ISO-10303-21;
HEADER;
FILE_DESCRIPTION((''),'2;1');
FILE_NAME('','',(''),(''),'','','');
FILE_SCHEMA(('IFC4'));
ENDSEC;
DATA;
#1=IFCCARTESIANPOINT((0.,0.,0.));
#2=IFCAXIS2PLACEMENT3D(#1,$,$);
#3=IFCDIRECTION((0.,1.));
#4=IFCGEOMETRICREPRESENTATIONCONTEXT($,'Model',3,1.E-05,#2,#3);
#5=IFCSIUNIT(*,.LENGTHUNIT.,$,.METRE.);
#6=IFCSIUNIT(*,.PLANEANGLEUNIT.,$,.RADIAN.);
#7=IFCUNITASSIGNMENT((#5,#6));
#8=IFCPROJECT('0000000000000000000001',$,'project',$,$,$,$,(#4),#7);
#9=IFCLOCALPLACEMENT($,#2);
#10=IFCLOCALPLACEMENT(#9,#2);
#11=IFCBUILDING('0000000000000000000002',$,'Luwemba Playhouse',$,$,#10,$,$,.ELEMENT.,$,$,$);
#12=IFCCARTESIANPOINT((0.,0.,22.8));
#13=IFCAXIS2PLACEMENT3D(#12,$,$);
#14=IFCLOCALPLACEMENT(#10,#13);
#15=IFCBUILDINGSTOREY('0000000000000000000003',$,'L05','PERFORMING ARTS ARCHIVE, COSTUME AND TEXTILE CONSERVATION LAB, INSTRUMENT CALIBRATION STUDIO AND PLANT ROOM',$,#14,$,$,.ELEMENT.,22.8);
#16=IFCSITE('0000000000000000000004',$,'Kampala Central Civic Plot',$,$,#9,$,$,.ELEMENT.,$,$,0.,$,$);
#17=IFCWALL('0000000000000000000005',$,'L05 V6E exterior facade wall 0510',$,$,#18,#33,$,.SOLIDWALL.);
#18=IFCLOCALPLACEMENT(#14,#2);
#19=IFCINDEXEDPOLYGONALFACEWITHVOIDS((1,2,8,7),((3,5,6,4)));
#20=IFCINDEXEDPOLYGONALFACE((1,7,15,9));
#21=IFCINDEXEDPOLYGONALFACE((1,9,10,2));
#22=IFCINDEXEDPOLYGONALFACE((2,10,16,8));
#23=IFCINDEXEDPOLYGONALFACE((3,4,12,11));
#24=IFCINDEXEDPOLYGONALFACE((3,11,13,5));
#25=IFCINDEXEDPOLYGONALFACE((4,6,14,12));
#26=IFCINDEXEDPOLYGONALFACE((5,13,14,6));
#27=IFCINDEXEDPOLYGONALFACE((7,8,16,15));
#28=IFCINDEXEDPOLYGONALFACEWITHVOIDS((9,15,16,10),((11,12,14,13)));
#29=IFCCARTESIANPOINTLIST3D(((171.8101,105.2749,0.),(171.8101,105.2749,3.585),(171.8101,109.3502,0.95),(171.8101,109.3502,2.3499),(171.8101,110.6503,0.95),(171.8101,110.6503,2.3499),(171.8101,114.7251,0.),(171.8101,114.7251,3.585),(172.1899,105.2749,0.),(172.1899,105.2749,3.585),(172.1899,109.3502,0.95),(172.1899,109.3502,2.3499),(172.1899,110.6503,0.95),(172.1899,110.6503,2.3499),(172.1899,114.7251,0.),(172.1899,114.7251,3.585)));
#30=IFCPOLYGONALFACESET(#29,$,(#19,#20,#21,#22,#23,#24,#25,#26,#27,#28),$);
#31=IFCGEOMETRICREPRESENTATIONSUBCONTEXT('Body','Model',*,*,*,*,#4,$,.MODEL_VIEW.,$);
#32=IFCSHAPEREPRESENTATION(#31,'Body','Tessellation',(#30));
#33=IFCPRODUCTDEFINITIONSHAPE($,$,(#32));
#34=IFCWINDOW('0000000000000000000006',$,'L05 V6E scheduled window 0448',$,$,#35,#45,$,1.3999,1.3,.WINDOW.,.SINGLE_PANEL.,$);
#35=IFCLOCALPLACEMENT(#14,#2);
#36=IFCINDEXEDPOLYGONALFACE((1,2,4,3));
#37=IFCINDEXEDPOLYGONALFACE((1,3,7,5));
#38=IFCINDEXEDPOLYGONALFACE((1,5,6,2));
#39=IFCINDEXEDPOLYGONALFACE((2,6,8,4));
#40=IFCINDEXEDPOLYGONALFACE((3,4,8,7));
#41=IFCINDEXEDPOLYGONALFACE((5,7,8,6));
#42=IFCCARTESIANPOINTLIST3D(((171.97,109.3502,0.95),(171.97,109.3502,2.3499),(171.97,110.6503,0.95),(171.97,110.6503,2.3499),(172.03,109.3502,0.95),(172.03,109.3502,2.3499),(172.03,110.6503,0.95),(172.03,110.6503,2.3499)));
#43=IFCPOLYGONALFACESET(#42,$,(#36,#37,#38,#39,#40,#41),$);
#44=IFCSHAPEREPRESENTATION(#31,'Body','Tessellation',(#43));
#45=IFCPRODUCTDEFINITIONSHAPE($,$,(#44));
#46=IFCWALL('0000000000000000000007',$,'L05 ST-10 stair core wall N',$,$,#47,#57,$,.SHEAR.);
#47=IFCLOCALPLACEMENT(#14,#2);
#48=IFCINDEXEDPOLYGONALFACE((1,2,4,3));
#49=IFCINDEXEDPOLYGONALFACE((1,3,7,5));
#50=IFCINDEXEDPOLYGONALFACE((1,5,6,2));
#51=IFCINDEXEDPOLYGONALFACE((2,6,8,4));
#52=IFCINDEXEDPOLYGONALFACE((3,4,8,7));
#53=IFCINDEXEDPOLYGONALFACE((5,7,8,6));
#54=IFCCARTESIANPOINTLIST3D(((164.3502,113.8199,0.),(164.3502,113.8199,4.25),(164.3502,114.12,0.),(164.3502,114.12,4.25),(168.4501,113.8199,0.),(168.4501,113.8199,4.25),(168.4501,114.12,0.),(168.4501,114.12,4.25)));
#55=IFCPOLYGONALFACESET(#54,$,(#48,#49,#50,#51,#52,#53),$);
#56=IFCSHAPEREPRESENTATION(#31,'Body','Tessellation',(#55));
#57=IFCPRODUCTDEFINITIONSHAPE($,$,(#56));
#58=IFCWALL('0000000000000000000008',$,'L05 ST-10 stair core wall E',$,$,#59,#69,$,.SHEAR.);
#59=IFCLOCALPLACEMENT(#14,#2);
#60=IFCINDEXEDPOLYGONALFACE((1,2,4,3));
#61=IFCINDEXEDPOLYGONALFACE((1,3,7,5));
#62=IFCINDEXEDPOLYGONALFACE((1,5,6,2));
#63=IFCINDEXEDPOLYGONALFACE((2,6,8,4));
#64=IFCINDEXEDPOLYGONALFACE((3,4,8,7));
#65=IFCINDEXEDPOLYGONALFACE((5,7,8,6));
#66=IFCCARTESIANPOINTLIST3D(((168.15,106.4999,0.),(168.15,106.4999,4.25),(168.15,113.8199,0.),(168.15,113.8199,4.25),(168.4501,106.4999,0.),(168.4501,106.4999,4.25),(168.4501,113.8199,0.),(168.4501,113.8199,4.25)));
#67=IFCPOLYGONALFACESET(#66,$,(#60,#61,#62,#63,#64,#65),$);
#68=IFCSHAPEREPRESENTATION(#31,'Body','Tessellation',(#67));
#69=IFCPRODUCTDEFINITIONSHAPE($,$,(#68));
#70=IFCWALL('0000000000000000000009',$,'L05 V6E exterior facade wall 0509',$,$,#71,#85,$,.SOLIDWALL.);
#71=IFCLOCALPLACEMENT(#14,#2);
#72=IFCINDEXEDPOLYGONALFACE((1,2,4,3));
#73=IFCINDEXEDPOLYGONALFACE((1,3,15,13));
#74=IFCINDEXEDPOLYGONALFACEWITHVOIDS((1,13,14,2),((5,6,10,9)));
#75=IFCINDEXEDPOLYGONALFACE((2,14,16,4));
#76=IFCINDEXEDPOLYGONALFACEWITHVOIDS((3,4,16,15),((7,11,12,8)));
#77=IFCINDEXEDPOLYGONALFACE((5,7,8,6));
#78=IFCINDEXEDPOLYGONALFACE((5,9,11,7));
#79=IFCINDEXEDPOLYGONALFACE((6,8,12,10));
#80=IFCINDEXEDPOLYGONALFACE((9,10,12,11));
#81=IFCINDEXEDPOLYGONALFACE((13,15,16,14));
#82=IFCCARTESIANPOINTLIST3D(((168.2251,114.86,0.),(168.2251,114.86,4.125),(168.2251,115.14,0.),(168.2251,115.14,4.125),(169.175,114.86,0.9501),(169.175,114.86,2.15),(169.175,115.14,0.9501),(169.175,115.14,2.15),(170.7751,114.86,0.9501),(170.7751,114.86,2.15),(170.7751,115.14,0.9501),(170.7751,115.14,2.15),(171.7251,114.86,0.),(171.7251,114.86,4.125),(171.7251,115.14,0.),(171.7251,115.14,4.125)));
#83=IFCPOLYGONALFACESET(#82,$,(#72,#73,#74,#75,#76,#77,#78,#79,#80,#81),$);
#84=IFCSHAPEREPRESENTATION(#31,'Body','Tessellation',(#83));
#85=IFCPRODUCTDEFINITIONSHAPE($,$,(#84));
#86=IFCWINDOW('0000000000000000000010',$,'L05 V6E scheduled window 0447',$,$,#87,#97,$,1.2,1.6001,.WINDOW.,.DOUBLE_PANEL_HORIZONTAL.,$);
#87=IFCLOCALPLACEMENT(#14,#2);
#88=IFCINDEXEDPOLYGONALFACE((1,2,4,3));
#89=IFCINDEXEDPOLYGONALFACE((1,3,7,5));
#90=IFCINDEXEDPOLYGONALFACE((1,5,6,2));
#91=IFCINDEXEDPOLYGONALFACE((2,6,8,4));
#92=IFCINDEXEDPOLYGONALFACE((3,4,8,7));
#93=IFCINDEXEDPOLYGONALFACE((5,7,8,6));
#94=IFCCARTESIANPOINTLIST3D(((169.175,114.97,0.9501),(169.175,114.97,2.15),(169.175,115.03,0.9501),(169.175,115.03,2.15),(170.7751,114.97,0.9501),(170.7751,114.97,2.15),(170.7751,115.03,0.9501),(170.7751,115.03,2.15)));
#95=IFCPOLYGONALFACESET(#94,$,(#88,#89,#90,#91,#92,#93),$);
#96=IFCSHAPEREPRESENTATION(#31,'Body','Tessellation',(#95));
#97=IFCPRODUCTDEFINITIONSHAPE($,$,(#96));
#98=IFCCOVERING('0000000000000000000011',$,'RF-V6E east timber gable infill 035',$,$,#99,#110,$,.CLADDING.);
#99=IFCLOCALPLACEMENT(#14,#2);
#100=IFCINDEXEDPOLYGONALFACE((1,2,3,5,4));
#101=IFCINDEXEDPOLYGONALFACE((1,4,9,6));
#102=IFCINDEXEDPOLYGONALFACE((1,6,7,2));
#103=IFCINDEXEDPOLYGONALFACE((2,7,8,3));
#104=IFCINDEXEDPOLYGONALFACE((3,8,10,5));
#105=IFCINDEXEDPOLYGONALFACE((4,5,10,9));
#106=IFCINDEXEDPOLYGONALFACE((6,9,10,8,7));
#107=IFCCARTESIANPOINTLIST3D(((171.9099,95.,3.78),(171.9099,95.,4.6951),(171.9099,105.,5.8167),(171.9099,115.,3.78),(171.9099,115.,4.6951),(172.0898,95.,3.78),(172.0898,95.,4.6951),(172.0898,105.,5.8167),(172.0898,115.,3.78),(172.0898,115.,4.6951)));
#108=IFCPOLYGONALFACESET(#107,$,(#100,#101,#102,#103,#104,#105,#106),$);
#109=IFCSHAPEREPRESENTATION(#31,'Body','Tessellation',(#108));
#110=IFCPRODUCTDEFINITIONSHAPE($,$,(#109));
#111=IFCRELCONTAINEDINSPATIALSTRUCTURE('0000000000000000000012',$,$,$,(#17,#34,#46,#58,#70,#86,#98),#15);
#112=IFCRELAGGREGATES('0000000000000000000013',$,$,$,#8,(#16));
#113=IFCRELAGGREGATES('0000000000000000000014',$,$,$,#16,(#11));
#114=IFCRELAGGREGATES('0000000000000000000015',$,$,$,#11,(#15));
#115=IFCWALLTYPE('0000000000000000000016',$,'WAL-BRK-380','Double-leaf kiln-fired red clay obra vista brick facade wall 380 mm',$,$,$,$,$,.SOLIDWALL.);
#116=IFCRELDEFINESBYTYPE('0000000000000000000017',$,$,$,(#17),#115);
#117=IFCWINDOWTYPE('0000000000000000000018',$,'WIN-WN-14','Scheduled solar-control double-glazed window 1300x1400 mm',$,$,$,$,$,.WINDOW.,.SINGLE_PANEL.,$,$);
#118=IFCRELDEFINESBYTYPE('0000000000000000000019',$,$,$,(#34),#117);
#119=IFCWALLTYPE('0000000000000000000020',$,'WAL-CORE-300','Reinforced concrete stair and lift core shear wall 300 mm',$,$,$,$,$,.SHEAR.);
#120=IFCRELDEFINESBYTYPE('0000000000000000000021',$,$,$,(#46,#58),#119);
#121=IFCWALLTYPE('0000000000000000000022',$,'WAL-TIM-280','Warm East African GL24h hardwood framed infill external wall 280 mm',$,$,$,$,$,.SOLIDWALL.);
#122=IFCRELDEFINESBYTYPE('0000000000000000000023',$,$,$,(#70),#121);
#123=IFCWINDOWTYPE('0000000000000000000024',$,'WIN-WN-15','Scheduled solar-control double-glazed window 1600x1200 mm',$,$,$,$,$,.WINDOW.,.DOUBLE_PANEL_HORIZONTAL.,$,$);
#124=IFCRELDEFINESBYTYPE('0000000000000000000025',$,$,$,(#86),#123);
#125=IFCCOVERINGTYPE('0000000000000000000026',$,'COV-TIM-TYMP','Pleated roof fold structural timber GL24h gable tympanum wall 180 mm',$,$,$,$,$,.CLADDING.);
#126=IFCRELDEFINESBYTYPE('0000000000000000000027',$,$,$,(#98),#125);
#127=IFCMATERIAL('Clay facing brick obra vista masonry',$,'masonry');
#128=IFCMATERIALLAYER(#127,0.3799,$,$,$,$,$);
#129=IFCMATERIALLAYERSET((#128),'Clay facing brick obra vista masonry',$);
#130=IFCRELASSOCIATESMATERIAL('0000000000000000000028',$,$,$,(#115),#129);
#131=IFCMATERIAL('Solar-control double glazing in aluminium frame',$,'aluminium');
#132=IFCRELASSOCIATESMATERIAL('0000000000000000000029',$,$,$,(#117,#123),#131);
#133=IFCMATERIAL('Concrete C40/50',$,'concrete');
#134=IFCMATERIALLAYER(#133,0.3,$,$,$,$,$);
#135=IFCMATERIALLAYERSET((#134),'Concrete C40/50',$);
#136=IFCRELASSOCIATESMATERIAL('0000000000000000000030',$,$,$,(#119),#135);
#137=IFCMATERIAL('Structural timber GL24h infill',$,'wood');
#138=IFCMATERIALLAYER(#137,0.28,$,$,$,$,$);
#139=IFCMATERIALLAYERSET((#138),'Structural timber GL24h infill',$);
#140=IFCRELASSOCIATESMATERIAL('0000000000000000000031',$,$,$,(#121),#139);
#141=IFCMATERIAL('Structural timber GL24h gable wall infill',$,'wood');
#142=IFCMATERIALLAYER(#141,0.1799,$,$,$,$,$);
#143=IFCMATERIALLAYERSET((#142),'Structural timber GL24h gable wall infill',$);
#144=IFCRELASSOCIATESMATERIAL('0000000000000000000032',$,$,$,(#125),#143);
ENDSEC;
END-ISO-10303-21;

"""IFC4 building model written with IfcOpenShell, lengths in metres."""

from ifc_helpers import new_model, si_unit, direction, frame, frame_2d, origin, place, context, subcontext, project, spatial, polyline, rectangle, outline, extrude, material, layer, layer_set, type_object, element, fill, save


model = new_model("IFC4")

# Units and contexts
model_context = context("Model", 3, precision=1e-05, world=origin(), true_north=direction((0.0, 1.0)))
body_context = subcontext(model_context, "Body", "Model", "MODEL_VIEW")
ifc_project = project(units=[si_unit("LENGTHUNIT", "METRE"), si_unit("PLANEANGLEUNIT", "RADIAN")], contexts=[model_context])

# Site, building, storey
site_placement = place(None, origin())
site = spatial("IfcSite", under=ifc_project, at=site_placement, Name="Kampala Central Civic Plot", CompositionType="ELEMENT", RefElevation=0.0)
building_placement = place(site_placement, origin())
building = spatial("IfcBuilding", under=site, at=building_placement, Name="Luwemba Playhouse", CompositionType="ELEMENT")
storey_placement = place(building_placement, frame((0.0, 0.0, 22.8)))
storey = spatial("IfcBuildingStorey", under=building, at=storey_placement, Name="L05", Description="PERFORMING ARTS ARCHIVE, COSTUME AND TEXTILE CONSERVATION LAB, INSTRUMENT CALIBRATION STUDIO AND PLANT ROOM", CompositionType="ELEMENT", Elevation=22.8)

# Shared definitions
ifc_material_1 = material(Name="Concrete C40/50", Category="concrete")

# Wall, opening, window
ifc_material_2 = material(Name="Clay facing brick obra vista masonry", Category="masonry")
ifc_layer_1 = layer(ifc_material_2, 0.3799)
ifc_layer_set_1 = layer_set([ifc_layer_1], Name="Clay facing brick obra vista masonry")
wall_type_1 = type_object("IfcWallType", Name="WAL-BRK-380", Description="Double-leaf kiln-fired red clay obra vista brick facade wall 380 mm", PredefinedType="SOLIDWALL", material=ifc_layer_set_1)
wall_1_placement = place(storey_placement, frame((172.0, 114.7251, 0.0), z_axis=(0.0, 0.0, 1.0), x_axis=(0.0, -1.0, 0.0)))
wall_1 = element("IfcWall", 1, at=wall_1_placement, inside=storey, type_object=wall_type_1, Name="L05 V6E exterior facade wall 0510", PredefinedType="SOLIDWALL", context=body_context, shape_type="SweptSolid", body=[
    extrude(rectangle(XDim=9.4502, YDim=0.3799, at=frame_2d((4.7251, 0.0))), origin(), (0.0, 0.0, 1.0), 3.585),
])
opening_1_placement = place(wall_1_placement, frame((4.075, 0.0, 0.95)))
opening_1 = element("IfcOpeningElement", 2, at=opening_1_placement, cuts=wall_1, PredefinedType="OPENING", context=body_context, shape_type="SweptSolid", body=[
    extrude(rectangle(XDim=1.3, YDim=1.3999, at=frame_2d((0.6499, 0.7))), frame((0.0, 0.2, 0.0), z_axis=(0.0, -1.0, 0.0), x_axis=(1.0, 0.0, 0.0)), (0.0, 0.0, 1.0), 0.3999),
])
ifc_material_3 = material(Name="Solar-control double glazing in aluminium frame", Category="aluminium")
window_type_1 = type_object("IfcWindowType", Name="WIN-WN-14", Description="Scheduled solar-control double-glazed window 1300x1400 mm", PartitioningType="SINGLE_PANEL", PredefinedType="WINDOW", material=ifc_material_3)
window_1_placement = place(opening_1_placement, origin())
window_1 = element("IfcWindow", 3, at=window_1_placement, inside=storey, type_object=window_type_1, Name="L05 V6E scheduled window 0448", OverallHeight=1.3999, OverallWidth=1.3, PartitioningType="SINGLE_PANEL", PredefinedType="WINDOW", context=body_context, shape_type="SweptSolid", body=[
    extrude(rectangle(XDim=1.3, YDim=1.3999, at=frame_2d((0.6499, 0.7))), frame((0.0, 0.03, 0.0), z_axis=(0.0, -1.0, 0.0), x_axis=(1.0, 0.0, 0.0)), (0.0, 0.0, 1.0), 0.0601),
])
fill(opening_1, window_1)

# Wall
ifc_layer_2 = layer(ifc_material_1, 0.3)
ifc_layer_set_2 = layer_set([ifc_layer_2], Name="Concrete C40/50")
wall_type_2 = type_object("IfcWallType", Name="WAL-CORE-300", Description="Reinforced concrete stair and lift core shear wall 300 mm", PredefinedType="SHEAR", material=ifc_layer_set_2)
wall_2_placement = place(storey_placement, frame((168.45, 113.97, 0.0), z_axis=(0.0, 0.0, 1.0), x_axis=(-1.0, 0.0, 0.0)))
element("IfcWall", 4, at=wall_2_placement, inside=storey, type_object=wall_type_2, Name="L05 ST-10 stair core wall N", PredefinedType="SHEAR", context=body_context, shape_type="SweptSolid", body=[
    extrude(rectangle(XDim=4.0999, YDim=0.3, at=frame_2d((2.0498, 0.0))), origin(), (0.0, 0.0, 1.0), 4.25),
])

# Wall
wall_3_placement = place(storey_placement, frame((168.3, 113.8201, 0.0), z_axis=(0.0, 0.0, 1.0), x_axis=(0.0, -1.0, 0.0)))
element("IfcWall", 5, at=wall_3_placement, inside=storey, type_object=wall_type_2, Name="L05 ST-10 stair core wall E", PredefinedType="SHEAR", context=body_context, shape_type="SweptSolid", body=[
    extrude(rectangle(XDim=7.3201, YDim=0.3, at=frame_2d((3.6602, 0.0))), origin(), (0.0, 0.0, 1.0), 4.25),
])

# Wall, opening, window
ifc_material_4 = material(Name="Structural timber GL24h infill", Category="wood")
ifc_layer_3 = layer(ifc_material_4, 0.28)
ifc_layer_set_3 = layer_set([ifc_layer_3], Name="Structural timber GL24h infill")
wall_type_3 = type_object("IfcWallType", Name="WAL-TIM-280", Description="Warm East African GL24h hardwood framed infill external wall 280 mm", PredefinedType="SOLIDWALL", material=ifc_layer_set_3)
wall_4_placement = place(storey_placement, frame((168.2251, 115.0, 0.0), z_axis=(0.0, 0.0, 1.0), x_axis=(1.0, 0.0, 0.0)))
wall_4 = element("IfcWall", 6, at=wall_4_placement, inside=storey, type_object=wall_type_3, Name="L05 V6E exterior facade wall 0509", PredefinedType="SOLIDWALL", context=body_context, shape_type="SweptSolid", body=[
    extrude(rectangle(XDim=3.5, YDim=0.28, at=frame_2d((1.75, 0.0))), origin(), (0.0, 0.0, 1.0), 4.125),
])
opening_2_placement = place(wall_4_placement, frame((0.95, 0.0, 0.95)))
opening_2 = element("IfcOpeningElement", 7, at=opening_2_placement, cuts=wall_4, PredefinedType="OPENING", context=body_context, shape_type="SweptSolid", body=[
    extrude(rectangle(XDim=1.6001, YDim=1.2, at=frame_2d((0.8, 0.6001))), frame((0.0, 0.1499, 0.0), z_axis=(0.0, -1.0, 0.0), x_axis=(1.0, 0.0, 0.0)), (0.0, 0.0, 1.0), 0.3),
])
window_type_2 = type_object("IfcWindowType", Name="WIN-WN-15", Description="Scheduled solar-control double-glazed window 1600x1200 mm", PartitioningType="DOUBLE_PANEL_HORIZONTAL", PredefinedType="WINDOW", material=ifc_material_3)
window_2_placement = place(opening_2_placement, origin())
window_2 = element("IfcWindow", 8, at=window_2_placement, inside=storey, type_object=window_type_2, Name="L05 V6E scheduled window 0447", OverallHeight=1.2, OverallWidth=1.6001, PartitioningType="DOUBLE_PANEL_HORIZONTAL", PredefinedType="WINDOW", context=body_context, shape_type="SweptSolid", body=[
    extrude(rectangle(XDim=1.6001, YDim=1.2, at=frame_2d((0.8, 0.6001))), frame((0.0, 0.03, 0.0), z_axis=(0.0, -1.0, 0.0), x_axis=(1.0, 0.0, 0.0)), (0.0, 0.0, 1.0), 0.0601),
])
fill(opening_2, window_2)

# Covering
ifc_material_5 = material(Name="Structural timber GL24h gable wall infill", Category="wood")
ifc_layer_4 = layer(ifc_material_5, 0.1799)
ifc_layer_set_4 = layer_set([ifc_layer_4], Name="Structural timber GL24h gable wall infill")
covering_type = type_object("IfcCoveringType", Name="COV-TIM-TYMP", Description="Pleated roof fold structural timber GL24h gable tympanum wall 180 mm", PredefinedType="CLADDING", material=ifc_layer_set_4)
covering_placement = place(storey_placement, frame((172.0, 115.0, 3.78), z_axis=(0.0, 0.0, 1.0), x_axis=(0.0, -1.0, 0.0)))
element("IfcCovering", 9, at=covering_placement, inside=storey, type_object=covering_type, Name="RF-V6E east timber gable infill 035", PredefinedType="CLADDING", context=body_context, shape_type="SweptSolid", body=[
    extrude(outline(polyline([(0.0, 0.0), (20.0, 0.0), (20.0, 0.915), (10.0, 2.0366), (0.0, 0.915), (0.0, 0.0)])), frame((0.0, 0.0898, 0.0), z_axis=(0.0, -1.0, 0.0), x_axis=(1.0, 0.0, 0.0)), (0.0, 0.0, 1.0), 0.1799),
])

save(model, "model.ifc")
